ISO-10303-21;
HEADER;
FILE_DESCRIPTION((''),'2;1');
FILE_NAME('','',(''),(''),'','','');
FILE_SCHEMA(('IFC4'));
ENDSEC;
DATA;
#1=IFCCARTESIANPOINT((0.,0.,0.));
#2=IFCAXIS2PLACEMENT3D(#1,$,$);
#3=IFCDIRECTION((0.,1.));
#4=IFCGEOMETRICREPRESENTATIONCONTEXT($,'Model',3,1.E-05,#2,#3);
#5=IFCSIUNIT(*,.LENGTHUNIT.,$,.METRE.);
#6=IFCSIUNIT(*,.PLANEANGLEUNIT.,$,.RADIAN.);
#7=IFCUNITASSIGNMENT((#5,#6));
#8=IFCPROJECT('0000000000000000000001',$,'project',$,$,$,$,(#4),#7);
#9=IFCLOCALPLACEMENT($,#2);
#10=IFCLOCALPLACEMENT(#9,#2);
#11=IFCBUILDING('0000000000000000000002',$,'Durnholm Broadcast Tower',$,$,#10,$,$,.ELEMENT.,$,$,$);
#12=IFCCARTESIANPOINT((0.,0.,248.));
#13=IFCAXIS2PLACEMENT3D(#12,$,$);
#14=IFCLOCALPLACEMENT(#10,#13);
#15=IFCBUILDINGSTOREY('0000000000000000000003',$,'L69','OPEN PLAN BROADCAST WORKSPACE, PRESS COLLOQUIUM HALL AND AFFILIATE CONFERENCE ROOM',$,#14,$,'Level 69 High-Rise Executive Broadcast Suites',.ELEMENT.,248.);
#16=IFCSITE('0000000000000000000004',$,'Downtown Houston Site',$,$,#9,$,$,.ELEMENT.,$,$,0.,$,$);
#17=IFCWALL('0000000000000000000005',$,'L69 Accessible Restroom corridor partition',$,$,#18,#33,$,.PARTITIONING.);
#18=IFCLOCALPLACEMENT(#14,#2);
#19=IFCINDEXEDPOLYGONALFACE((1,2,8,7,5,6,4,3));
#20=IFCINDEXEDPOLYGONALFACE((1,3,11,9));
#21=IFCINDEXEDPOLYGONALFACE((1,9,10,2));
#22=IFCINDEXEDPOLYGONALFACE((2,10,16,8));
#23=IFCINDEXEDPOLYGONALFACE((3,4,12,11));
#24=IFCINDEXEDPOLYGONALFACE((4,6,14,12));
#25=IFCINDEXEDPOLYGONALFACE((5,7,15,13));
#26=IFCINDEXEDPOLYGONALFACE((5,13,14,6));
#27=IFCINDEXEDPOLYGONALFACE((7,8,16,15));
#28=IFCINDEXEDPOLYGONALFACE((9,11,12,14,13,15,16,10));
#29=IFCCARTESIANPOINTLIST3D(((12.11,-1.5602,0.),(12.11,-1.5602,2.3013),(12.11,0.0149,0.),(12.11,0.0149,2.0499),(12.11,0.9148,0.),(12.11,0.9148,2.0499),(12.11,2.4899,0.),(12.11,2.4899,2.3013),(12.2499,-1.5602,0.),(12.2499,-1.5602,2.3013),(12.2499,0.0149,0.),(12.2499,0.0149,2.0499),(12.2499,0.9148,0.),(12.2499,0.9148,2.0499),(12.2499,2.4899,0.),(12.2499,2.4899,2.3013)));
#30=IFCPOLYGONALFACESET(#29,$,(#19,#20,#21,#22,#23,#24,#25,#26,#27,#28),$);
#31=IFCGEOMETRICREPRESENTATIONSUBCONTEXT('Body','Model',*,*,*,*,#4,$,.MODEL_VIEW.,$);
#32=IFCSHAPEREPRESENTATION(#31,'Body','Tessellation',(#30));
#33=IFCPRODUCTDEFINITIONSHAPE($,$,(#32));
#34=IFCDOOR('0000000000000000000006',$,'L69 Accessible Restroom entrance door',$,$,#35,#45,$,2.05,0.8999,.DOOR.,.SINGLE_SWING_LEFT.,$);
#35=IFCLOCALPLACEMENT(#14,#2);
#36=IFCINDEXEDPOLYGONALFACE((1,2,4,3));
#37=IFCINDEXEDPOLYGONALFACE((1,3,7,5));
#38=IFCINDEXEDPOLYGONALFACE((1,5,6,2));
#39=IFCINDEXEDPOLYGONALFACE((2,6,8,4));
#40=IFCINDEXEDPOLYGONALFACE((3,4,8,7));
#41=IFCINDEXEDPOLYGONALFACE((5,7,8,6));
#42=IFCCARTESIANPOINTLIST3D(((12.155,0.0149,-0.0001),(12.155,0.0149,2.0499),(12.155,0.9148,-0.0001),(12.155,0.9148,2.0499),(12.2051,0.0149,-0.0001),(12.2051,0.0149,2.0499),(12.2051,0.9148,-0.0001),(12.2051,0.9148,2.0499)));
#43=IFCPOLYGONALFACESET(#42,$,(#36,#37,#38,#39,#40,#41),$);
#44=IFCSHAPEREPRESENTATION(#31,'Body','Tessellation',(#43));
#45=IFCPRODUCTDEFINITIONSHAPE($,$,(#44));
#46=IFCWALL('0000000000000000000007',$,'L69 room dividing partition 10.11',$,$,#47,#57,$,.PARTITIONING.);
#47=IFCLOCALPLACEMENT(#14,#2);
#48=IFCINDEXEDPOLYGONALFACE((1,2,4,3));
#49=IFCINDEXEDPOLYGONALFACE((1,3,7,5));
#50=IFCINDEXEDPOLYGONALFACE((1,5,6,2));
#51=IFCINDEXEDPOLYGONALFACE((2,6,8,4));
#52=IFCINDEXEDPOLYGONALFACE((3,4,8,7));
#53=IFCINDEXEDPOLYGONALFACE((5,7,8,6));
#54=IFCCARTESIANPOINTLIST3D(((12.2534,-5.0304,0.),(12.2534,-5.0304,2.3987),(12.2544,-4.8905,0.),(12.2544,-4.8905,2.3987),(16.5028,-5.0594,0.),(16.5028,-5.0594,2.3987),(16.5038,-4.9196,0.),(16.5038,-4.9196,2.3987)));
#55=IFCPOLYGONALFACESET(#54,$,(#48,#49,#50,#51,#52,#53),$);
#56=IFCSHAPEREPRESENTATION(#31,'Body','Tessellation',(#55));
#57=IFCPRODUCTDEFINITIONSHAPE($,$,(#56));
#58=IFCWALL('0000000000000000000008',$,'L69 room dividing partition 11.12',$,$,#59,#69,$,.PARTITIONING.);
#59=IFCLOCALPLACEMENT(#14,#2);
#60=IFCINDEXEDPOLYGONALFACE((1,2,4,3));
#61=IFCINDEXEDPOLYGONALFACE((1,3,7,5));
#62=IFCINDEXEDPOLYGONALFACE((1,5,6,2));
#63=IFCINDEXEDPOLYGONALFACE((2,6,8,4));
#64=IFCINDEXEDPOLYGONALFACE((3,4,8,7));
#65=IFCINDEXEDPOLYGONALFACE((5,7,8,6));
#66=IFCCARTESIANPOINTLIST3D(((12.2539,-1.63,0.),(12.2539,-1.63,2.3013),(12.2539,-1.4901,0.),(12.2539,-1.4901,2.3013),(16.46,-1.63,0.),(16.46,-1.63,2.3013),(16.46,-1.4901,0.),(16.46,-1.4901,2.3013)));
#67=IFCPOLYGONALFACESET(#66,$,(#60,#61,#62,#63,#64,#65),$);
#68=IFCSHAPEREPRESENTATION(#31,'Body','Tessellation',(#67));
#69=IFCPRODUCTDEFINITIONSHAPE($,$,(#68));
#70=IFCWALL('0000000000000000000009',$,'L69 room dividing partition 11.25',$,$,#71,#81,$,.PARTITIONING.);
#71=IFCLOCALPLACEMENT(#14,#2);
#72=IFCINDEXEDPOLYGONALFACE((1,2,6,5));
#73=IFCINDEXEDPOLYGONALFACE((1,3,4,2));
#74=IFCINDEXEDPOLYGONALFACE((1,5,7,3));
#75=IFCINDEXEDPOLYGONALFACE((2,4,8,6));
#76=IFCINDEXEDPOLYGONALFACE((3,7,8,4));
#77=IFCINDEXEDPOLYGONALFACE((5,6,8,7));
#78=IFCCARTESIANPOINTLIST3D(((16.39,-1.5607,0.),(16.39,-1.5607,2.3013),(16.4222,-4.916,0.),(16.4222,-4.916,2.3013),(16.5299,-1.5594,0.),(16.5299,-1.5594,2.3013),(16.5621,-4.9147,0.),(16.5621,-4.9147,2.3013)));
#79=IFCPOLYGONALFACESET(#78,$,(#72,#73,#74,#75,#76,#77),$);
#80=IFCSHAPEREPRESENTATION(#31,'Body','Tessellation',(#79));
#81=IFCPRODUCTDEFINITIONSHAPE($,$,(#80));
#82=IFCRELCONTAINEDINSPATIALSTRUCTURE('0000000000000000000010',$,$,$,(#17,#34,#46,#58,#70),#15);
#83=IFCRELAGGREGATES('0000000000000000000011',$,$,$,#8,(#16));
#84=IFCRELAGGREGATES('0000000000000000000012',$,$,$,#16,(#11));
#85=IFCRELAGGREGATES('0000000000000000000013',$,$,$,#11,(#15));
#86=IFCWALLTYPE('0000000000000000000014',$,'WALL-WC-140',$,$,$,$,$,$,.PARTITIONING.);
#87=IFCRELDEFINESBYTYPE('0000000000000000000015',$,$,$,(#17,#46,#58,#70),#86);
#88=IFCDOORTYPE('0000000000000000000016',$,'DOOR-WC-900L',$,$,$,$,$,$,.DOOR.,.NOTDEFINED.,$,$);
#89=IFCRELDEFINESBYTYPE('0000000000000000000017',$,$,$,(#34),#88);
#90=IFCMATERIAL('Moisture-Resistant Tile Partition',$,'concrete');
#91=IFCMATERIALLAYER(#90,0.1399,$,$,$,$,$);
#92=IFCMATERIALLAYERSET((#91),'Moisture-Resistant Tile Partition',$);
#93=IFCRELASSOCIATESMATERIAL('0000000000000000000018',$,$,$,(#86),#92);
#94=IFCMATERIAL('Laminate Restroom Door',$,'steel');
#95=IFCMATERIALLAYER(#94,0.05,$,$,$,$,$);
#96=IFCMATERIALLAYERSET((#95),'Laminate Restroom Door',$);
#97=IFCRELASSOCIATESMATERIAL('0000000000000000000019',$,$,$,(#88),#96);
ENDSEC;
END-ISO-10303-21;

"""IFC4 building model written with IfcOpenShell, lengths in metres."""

from ifc_helpers import new_model, si_unit, direction, frame, frame_2d, origin, place, context, subcontext, project, spatial, rectangle, extrude, source, transform, mapped, material, layer, layer_set, type_object, type_shapes, element, fill, save


model = new_model("IFC4")

# Units and contexts
model_context = context("Model", 3, precision=1e-05, world=origin(), true_north=direction((0.0, 1.0)))
body_context = subcontext(model_context, "Body", "Model", "MODEL_VIEW")
ifc_project = project(units=[si_unit("LENGTHUNIT", "METRE"), si_unit("PLANEANGLEUNIT", "RADIAN")], contexts=[model_context])

# Site, building, storey
site_placement = place(None, origin())
site = spatial("IfcSite", under=ifc_project, at=site_placement, Name="Downtown Houston Site", CompositionType="ELEMENT", RefElevation=0.0)
building_placement = place(site_placement, origin())
building = spatial("IfcBuilding", under=site, at=building_placement, Name="Durnholm Broadcast Tower", CompositionType="ELEMENT")
storey_placement = place(building_placement, frame((0.0, 0.0, 248.0)))
storey = spatial("IfcBuildingStorey", under=building, at=storey_placement, Name="L69", Description="OPEN PLAN BROADCAST WORKSPACE, PRESS COLLOQUIUM HALL AND AFFILIATE CONFERENCE ROOM", LongName="Level 69 High-Rise Executive Broadcast Suites", CompositionType="ELEMENT", Elevation=248.0)

# Wall, opening, door
ifc_material_1 = material(Name="Moisture-Resistant Tile Partition", Category="concrete")
ifc_layer_1 = layer(ifc_material_1, 0.1399)
ifc_layer_set_1 = layer_set([ifc_layer_1], Name="Moisture-Resistant Tile Partition")
wall_type_1 = type_object("IfcWallType", Name="WALL-WC-140", PredefinedType="PARTITIONING", material=ifc_layer_set_1)
ifc_material_2 = material(Name="Laminate Restroom Door", Category="steel")
ifc_layer_2 = layer(ifc_material_2, 0.05)
ifc_layer_set_2 = layer_set([ifc_layer_2], Name="Laminate Restroom Door")
door_type_1 = type_object("IfcDoorType", Name="DOOR-WC-900L", OperationType="NOTDEFINED", PredefinedType="DOOR", material=ifc_layer_set_2)
shared_shape_1 = source(origin(), body_context, "Body", "SweptSolid", [
    extrude(rectangle(XDim=0.8999, YDim=2.05, at=frame_2d((0.45, 1.0249))), frame((0.0, 0.0249, 0.0), z_axis=(0.0, -1.0, 0.0), x_axis=(1.0, 0.0, 0.0)), (0.0, 0.0, 1.0), 0.05),
])
type_shapes(door_type_1, [shared_shape_1])
wall_1_placement = place(storey_placement, frame((12.1799, -1.5601, 0.0), z_axis=(0.0, 0.0, 1.0), x_axis=(0.0, 1.0, 0.0)))
wall_1 = element("IfcWall", 1, at=wall_1_placement, inside=storey, type_object=wall_type_1, Name="L69 Accessible Restroom corridor partition", PredefinedType="PARTITIONING", context=body_context, shape_type="SweptSolid", body=[
    extrude(rectangle(XDim=4.05, YDim=0.1399, at=frame_2d((2.0249, 0.0))), origin(), (0.0, 0.0, 1.0), 2.3013),
])
opening_1_placement = place(wall_1_placement, frame((1.575, 0.0, 0.0)))
opening_1 = element("IfcOpeningElement", 2, at=opening_1_placement, cuts=wall_1, PredefinedType="OPENING", context=body_context, shape_type="SweptSolid", body=[
    extrude(rectangle(XDim=0.8999, YDim=2.05, at=frame_2d((0.45, 1.0249))), frame((0.0, 0.0801, 0.0), z_axis=(0.0, -1.0, 0.0), x_axis=(1.0, 0.0, 0.0)), (0.0, 0.0, 1.0), 0.1599),
])
door_1_placement = place(opening_1_placement, origin())
door_1 = element("IfcDoor", 3, at=door_1_placement, inside=storey, type_object=door_type_1, Name="L69 Accessible Restroom entrance door", OperationType="SINGLE_SWING_LEFT", OverallHeight=2.05, OverallWidth=0.8999, PredefinedType="DOOR", context=body_context, shape_type="MappedRepresentation", body=[
    mapped(shared_shape_1, transform((0.0, 0.0, 0.0), x_axis=(1.0, 0.0, 0.0), y_axis=(0.0, 1.0, 0.0), z_axis=(0.0, 0.0, 1.0), scale=1.0)),
])
fill(opening_1, door_1)

# Walls
wall_2_placement = place(storey_placement, frame((12.2539, -4.9604, 0.0), z_axis=(0.0, 0.0, 1.0), x_axis=(0.999977, -0.006837, 0.0)))
element("IfcWall", 4, at=wall_2_placement, inside=storey, type_object=wall_type_1, Name="L69 room dividing partition 10.11", PredefinedType="PARTITIONING", context=body_context, shape_type="SweptSolid", body=[
    extrude(rectangle(XDim=4.2495, YDim=0.1399, at=frame_2d((2.1248, 0.0))), origin(), (0.0, 0.0, 1.0), 2.3987),
])
wall_3_placement = place(storey_placement, frame((12.2539, -1.5601, 0.0), z_axis=(0.0, 0.0, 1.0), x_axis=(1.0, 0.0, 0.0)))
element("IfcWall", 5, at=wall_3_placement, inside=storey, type_object=wall_type_1, Name="L69 room dividing partition 11.12", PredefinedType="PARTITIONING", context=body_context, shape_type="SweptSolid", body=[
    extrude(rectangle(XDim=4.2061, YDim=0.1399, at=frame_2d((2.103, 0.0))), origin(), (0.0, 0.0, 1.0), 2.3013),
])
wall_4_placement = place(storey_placement, frame((16.46, -1.5601, 0.0), z_axis=(0.0, 0.0, 1.0), x_axis=(0.009604, -0.999954, 0.0)))
element("IfcWall", 6, at=wall_4_placement, inside=storey, type_object=wall_type_1, Name="L69 room dividing partition 11.25", PredefinedType="PARTITIONING", context=body_context, shape_type="SweptSolid", body=[
    extrude(rectangle(XDim=3.3555, YDim=0.1399, at=frame_2d((1.6777, 0.0))), origin(), (0.0, 0.0, 1.0), 2.3013),
])

save(model, "model.ifc")
